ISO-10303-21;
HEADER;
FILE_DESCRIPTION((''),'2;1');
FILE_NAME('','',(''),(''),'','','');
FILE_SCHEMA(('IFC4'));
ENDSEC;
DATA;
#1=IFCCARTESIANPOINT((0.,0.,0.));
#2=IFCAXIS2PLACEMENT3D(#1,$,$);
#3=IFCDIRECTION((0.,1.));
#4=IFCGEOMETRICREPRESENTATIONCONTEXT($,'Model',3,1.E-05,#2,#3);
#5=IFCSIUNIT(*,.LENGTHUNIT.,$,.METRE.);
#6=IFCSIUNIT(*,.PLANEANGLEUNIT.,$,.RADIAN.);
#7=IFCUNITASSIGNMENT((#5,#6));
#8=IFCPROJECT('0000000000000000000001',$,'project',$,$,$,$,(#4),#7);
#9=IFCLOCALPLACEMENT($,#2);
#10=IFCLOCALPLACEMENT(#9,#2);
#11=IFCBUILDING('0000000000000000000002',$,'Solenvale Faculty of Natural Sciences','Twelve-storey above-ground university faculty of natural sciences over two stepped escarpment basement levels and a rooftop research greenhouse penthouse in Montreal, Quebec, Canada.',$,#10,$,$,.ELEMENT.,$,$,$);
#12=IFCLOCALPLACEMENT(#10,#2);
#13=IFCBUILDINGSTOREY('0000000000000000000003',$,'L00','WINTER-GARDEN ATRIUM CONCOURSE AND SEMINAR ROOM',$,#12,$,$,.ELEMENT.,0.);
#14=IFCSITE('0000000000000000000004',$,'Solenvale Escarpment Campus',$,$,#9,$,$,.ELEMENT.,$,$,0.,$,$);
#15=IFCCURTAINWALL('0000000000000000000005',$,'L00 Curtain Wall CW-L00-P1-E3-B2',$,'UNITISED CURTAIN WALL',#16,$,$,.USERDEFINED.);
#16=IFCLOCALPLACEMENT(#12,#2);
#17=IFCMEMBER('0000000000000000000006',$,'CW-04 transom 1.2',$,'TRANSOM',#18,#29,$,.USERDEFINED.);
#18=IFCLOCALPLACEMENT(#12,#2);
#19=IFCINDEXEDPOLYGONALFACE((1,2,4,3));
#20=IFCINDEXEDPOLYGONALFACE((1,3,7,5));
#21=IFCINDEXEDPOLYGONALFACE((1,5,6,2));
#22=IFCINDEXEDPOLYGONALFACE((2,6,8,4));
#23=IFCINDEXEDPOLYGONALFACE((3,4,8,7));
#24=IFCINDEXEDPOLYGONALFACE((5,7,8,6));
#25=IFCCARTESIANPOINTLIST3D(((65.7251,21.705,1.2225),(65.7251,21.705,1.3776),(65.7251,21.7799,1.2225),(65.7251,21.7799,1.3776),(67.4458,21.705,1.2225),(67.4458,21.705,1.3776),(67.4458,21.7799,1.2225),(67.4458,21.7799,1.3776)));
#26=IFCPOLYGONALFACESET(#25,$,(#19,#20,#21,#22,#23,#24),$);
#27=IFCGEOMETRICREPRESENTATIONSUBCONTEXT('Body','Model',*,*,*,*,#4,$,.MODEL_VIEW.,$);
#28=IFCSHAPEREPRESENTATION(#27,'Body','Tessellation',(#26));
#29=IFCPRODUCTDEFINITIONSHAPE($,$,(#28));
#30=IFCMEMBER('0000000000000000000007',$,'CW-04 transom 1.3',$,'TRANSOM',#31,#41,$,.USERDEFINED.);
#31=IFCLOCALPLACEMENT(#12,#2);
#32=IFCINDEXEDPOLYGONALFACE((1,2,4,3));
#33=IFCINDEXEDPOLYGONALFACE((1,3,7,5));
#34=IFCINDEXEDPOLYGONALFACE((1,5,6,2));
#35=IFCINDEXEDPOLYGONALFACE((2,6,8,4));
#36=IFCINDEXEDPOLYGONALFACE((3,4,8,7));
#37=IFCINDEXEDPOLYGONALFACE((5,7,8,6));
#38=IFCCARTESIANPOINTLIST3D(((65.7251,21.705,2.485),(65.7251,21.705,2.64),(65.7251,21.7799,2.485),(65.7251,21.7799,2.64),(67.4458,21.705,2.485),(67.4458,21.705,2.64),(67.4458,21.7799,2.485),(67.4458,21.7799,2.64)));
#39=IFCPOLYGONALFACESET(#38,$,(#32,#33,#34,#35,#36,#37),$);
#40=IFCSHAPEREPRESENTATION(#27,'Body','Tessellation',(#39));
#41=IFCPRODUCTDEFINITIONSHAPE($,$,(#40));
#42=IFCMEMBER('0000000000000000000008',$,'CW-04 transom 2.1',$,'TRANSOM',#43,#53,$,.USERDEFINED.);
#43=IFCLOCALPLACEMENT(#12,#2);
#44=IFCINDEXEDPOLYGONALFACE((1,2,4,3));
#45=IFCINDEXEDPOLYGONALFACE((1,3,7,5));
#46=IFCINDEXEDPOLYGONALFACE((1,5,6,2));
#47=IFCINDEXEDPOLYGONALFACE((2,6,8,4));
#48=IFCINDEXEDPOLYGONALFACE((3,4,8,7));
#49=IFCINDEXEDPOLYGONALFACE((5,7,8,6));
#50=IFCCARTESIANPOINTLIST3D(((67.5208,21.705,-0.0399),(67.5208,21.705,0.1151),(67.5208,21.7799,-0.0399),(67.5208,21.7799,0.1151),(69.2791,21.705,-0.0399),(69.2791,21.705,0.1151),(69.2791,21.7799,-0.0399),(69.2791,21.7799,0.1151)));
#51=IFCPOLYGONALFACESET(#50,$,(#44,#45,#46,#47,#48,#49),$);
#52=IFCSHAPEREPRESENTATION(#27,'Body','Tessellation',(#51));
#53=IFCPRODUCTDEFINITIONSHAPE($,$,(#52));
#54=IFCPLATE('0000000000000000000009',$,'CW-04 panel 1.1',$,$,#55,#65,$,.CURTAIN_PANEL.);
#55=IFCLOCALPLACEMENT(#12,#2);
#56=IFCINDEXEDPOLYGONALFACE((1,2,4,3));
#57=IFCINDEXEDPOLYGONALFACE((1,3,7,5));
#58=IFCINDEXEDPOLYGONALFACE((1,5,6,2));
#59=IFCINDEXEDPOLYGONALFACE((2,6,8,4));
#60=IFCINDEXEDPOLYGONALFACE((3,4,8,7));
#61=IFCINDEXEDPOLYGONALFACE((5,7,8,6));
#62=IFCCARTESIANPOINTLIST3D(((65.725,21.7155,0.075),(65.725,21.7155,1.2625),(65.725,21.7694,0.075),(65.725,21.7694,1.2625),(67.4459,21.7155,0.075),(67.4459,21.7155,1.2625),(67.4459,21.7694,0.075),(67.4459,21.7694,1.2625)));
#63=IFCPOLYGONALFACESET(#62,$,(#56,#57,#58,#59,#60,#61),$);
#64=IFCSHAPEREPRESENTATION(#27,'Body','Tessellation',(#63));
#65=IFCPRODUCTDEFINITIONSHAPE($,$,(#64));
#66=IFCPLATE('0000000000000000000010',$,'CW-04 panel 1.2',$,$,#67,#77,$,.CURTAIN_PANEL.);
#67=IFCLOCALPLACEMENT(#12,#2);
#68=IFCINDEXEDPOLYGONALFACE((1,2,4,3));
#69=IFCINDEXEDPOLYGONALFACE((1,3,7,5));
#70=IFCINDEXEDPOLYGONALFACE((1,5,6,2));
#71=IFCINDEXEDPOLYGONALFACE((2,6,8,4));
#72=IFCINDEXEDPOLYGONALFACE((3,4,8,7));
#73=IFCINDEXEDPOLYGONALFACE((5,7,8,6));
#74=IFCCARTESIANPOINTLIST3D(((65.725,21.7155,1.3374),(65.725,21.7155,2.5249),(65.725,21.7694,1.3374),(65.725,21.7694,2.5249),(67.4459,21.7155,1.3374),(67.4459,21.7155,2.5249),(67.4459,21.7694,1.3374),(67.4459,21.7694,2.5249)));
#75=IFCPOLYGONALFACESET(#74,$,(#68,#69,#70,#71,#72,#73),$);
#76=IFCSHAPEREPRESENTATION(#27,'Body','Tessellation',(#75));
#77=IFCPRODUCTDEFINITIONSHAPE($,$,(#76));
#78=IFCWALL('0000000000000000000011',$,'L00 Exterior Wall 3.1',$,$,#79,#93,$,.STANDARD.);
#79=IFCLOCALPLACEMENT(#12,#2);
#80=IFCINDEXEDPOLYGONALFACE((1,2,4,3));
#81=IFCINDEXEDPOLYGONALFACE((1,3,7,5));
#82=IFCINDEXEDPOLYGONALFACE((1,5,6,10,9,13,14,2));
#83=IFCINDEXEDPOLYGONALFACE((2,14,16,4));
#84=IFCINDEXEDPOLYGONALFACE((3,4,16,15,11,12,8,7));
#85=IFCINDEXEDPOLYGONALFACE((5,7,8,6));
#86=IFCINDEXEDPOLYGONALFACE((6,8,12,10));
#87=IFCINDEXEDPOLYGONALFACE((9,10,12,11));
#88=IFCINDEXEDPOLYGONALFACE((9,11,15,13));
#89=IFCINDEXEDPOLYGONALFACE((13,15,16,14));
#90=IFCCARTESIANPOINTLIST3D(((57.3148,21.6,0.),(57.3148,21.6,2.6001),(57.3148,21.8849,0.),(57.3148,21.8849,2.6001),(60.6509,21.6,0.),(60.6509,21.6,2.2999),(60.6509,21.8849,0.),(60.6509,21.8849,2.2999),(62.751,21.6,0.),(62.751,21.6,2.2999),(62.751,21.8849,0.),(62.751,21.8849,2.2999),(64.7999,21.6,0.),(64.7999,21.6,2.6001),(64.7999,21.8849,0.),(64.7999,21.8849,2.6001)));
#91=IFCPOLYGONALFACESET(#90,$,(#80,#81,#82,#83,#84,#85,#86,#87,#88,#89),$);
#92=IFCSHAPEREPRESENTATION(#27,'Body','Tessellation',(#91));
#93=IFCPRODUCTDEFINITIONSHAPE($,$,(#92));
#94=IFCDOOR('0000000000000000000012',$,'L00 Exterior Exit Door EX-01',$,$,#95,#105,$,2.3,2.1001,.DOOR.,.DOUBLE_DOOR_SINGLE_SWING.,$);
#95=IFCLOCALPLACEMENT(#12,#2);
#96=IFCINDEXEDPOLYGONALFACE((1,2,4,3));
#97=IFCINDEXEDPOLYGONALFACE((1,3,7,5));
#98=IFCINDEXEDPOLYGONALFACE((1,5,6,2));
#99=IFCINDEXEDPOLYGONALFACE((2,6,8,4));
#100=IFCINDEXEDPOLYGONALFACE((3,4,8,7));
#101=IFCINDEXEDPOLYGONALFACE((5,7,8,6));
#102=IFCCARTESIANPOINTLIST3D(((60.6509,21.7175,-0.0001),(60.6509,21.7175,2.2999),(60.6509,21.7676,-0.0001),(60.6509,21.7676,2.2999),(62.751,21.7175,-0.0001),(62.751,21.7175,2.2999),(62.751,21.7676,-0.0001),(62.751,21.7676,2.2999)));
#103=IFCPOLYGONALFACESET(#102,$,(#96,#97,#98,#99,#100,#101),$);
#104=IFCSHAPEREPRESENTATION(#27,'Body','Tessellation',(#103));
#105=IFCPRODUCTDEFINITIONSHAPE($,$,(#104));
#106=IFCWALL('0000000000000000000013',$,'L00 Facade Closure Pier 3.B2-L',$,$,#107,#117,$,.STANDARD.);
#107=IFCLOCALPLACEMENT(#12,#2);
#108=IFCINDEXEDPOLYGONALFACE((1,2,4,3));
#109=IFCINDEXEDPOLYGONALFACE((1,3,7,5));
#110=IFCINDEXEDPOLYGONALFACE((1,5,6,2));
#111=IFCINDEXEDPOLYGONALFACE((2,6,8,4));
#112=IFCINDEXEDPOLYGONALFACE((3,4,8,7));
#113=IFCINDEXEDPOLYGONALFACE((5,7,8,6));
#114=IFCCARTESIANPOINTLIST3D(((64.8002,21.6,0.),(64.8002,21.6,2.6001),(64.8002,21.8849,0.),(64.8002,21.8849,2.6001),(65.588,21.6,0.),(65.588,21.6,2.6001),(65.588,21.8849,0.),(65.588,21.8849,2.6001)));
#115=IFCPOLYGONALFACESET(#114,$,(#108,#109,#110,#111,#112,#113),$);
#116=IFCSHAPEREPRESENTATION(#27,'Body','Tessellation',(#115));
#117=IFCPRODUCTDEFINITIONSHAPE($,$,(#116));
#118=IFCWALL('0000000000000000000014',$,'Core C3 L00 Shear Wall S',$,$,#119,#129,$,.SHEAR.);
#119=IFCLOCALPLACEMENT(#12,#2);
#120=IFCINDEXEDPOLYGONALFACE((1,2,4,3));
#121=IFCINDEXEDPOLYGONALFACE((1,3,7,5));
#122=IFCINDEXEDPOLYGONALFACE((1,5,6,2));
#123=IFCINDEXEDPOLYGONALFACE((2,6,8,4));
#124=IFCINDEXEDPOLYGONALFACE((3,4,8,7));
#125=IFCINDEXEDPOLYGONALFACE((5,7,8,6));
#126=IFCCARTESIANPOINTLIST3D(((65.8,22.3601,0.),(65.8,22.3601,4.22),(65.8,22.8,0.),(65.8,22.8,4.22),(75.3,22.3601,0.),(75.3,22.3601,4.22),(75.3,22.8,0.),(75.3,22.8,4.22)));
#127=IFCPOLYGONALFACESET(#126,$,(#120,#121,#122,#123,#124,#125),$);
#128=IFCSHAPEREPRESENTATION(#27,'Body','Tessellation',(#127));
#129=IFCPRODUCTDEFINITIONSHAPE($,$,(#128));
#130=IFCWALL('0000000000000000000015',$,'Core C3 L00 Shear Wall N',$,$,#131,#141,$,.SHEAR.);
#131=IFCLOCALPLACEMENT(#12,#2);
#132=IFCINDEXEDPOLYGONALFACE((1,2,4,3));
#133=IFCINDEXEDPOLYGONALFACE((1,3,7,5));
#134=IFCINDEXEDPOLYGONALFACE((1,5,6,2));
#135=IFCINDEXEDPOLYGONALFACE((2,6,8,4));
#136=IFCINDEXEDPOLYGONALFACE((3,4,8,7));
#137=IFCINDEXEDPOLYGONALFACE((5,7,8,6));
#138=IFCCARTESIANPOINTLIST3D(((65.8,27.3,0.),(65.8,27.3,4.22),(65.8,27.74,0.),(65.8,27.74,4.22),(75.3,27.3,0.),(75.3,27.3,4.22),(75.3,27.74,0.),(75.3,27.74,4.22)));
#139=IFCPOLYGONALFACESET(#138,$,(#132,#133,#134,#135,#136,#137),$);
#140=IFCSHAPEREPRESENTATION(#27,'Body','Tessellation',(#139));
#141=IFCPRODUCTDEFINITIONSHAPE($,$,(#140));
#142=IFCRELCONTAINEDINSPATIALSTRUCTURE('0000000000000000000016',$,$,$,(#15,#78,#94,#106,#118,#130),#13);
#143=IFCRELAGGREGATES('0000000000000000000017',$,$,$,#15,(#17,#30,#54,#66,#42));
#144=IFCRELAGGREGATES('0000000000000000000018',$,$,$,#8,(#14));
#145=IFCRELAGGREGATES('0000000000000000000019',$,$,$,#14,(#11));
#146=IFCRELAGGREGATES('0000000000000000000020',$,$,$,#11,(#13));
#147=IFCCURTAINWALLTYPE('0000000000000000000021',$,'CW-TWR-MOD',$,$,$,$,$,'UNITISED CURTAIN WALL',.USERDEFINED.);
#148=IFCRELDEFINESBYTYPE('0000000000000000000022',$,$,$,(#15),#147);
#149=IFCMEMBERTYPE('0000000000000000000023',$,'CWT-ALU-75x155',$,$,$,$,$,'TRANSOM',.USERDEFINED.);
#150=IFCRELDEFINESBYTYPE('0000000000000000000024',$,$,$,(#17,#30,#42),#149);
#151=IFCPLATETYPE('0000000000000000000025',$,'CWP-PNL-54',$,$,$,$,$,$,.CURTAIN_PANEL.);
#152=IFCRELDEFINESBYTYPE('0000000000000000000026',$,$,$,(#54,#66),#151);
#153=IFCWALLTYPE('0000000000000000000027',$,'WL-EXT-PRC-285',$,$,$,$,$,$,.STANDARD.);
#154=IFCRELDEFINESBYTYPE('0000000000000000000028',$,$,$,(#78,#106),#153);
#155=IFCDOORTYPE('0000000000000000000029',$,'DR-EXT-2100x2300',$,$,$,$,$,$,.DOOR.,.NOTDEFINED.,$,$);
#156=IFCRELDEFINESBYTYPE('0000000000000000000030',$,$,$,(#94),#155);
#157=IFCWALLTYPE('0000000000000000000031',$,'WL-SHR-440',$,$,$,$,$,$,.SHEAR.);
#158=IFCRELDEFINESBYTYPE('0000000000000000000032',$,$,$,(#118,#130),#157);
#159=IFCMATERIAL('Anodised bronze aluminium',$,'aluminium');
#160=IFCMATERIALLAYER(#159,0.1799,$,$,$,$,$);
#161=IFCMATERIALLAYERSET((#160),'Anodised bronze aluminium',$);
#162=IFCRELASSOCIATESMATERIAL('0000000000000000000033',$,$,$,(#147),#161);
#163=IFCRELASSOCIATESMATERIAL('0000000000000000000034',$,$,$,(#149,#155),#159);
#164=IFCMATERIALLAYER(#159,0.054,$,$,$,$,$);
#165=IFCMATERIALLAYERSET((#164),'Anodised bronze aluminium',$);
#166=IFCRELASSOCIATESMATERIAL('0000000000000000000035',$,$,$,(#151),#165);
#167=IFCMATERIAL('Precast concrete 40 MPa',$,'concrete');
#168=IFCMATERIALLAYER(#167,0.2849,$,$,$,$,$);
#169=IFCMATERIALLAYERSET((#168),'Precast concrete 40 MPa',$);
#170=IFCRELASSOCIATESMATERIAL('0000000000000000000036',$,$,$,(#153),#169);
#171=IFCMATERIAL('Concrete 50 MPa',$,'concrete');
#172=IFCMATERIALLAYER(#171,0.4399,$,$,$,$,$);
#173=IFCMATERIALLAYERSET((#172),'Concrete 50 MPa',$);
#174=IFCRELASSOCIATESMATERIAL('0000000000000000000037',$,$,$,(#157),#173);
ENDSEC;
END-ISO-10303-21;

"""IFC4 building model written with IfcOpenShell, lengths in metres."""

from ifc_helpers import new_model, si_unit, direction, frame, frame_2d, origin, origin_2d, place, context, subcontext, project, spatial, rectangle, extrude, material, layer, layer_set, material_profile, profile_set, type_object, element, fill, aggregate, save


model = new_model("IFC4")

# Units and contexts
model_context = context("Model", 3, precision=1e-05, world=origin(), true_north=direction((0.0, 1.0)))
body_context = subcontext(model_context, "Body", "Model", "MODEL_VIEW")
ifc_project = project(units=[si_unit("LENGTHUNIT", "METRE"), si_unit("PLANEANGLEUNIT", "RADIAN")], contexts=[model_context])

# Site, building, storey
site_placement = place(None, origin())
site = spatial("IfcSite", under=ifc_project, at=site_placement, Name="Solenvale Escarpment Campus", CompositionType="ELEMENT", RefElevation=0.0)
building_placement = place(site_placement, origin())
building = spatial("IfcBuilding", under=site, at=building_placement, Name="Solenvale Faculty of Natural Sciences", Description="Twelve-storey above-ground university faculty of natural sciences over two stepped escarpment basement levels and a rooftop research greenhouse penthouse in Montreal, Quebec, Canada.", CompositionType="ELEMENT")
storey_placement = place(building_placement, origin())
storey = spatial("IfcBuildingStorey", under=building, at=storey_placement, Name="L00", Description="WINTER-GARDEN ATRIUM CONCOURSE AND SEMINAR ROOM", CompositionType="ELEMENT", Elevation=0.0)

# Shared definitions
ifc_material_1 = material(Name="Concrete 50 MPa", Category="concrete")

# Curtain wall, members, plates
ifc_material_2 = material(Name="Anodised bronze aluminium", Category="aluminium")
ifc_layer_1 = layer(ifc_material_2, 0.1799)
ifc_layer_set_1 = layer_set([ifc_layer_1], Name="Anodised bronze aluminium")
curtain_wall_type = type_object("IfcCurtainWallType", Name="CW-TWR-MOD", ElementType="UNITISED CURTAIN WALL", PredefinedType="USERDEFINED", material=ifc_layer_set_1)
curtain_wall_placement = place(storey_placement, origin())
curtain_wall = element("IfcCurtainWall", 1, at=curtain_wall_placement, inside=storey, type_object=curtain_wall_type, Name="L00 Curtain Wall CW-L00-P1-E3-B2", ObjectType="UNITISED CURTAIN WALL", PredefinedType="USERDEFINED")
ifc_material_profile_1 = material_profile(ifc_material_2, rectangle(XDim=0.075, YDim=0.155, at=origin_2d()), Name="ALU-TRN-75x155")
ifc_profile_set_1 = profile_set([ifc_material_profile_1], Name="Anodised bronze aluminium")
member_type_1 = type_object("IfcMemberType", Name="CWT-ALU-75x155", ElementType="TRANSOM", PredefinedType="USERDEFINED", material=ifc_profile_set_1)
member_1_placement = place(storey_placement, frame((65.7251, 21.7424, 1.3), z_axis=(1.0, 0.0, 0.0), x_axis=(0.0, 1.0, 0.0)))
member_1 = element("IfcMember", 2, at=member_1_placement, type_object=member_type_1, Name="CW-04 transom 1.2", ObjectType="TRANSOM", PredefinedType="USERDEFINED", context=body_context, shape_type="SweptSolid", body=[
    extrude(rectangle(XDim=0.075, YDim=0.155, at=origin_2d()), origin(), (0.0, 0.0, 1.0), 1.7207),
])
member_2_placement = place(storey_placement, frame((65.7251, 21.7424, 2.5625), z_axis=(1.0, 0.0, 0.0), x_axis=(0.0, 1.0, 0.0)))
member_2 = element("IfcMember", 3, at=member_2_placement, type_object=member_type_1, Name="CW-04 transom 1.3", ObjectType="TRANSOM", PredefinedType="USERDEFINED", context=body_context, shape_type="SweptSolid", body=[
    extrude(rectangle(XDim=0.075, YDim=0.155, at=origin_2d()), origin(), (0.0, 0.0, 1.0), 1.7207),
])
member_3_placement = place(storey_placement, frame((67.5208, 21.7424, 0.0376), z_axis=(1.0, 0.0, 0.0), x_axis=(0.0, 1.0, 0.0)))
member_3 = element("IfcMember", 4, at=member_3_placement, type_object=member_type_1, Name="CW-04 transom 2.1", ObjectType="TRANSOM", PredefinedType="USERDEFINED", context=body_context, shape_type="SweptSolid", body=[
    extrude(rectangle(XDim=0.075, YDim=0.155, at=origin_2d()), origin(), (0.0, 0.0, 1.0), 1.7583),
])
ifc_layer_2 = layer(ifc_material_2, 0.054)
ifc_layer_set_2 = layer_set([ifc_layer_2], Name="Anodised bronze aluminium")
plate_type = type_object("IfcPlateType", Name="CWP-PNL-54", PredefinedType="CURTAIN_PANEL", material=ifc_layer_set_2)
plate_1_placement = place(storey_placement, frame((66.5854, 21.7424, 0.075), z_axis=(0.0, 0.0, 1.0), x_axis=(1.0, 0.0, 0.0)))
plate_1 = element("IfcPlate", 5, at=plate_1_placement, type_object=plate_type, Name="CW-04 panel 1.1", PredefinedType="CURTAIN_PANEL", context=body_context, shape_type="SweptSolid", body=[
    extrude(rectangle(XDim=1.7209, YDim=0.054, at=origin_2d()), origin(), (0.0, 0.0, 1.0), 1.1875),
])
plate_2_placement = place(storey_placement, frame((66.5854, 21.7424, 1.3374), z_axis=(0.0, 0.0, 1.0), x_axis=(1.0, 0.0, 0.0)))
plate_2 = element("IfcPlate", 6, at=plate_2_placement, type_object=plate_type, Name="CW-04 panel 1.2", PredefinedType="CURTAIN_PANEL", context=body_context, shape_type="SweptSolid", body=[
    extrude(rectangle(XDim=1.7209, YDim=0.054, at=origin_2d()), origin(), (0.0, 0.0, 1.0), 1.1875),
])
aggregate(curtain_wall, [member_1, member_2, plate_1, plate_2, member_3])

# Wall, opening, door
ifc_material_3 = material(Name="Precast concrete 40 MPa", Category="concrete")
ifc_layer_3 = layer(ifc_material_3, 0.2849)
ifc_layer_set_3 = layer_set([ifc_layer_3], Name="Precast concrete 40 MPa")
wall_type_1 = type_object("IfcWallType", Name="WL-EXT-PRC-285", PredefinedType="STANDARD", material=ifc_layer_set_3)
wall_1_placement = place(storey_placement, frame((64.8, 21.7424, 0.0), z_axis=(0.0, 0.0, 1.0), x_axis=(-1.0, 0.0, 0.0)))
wall_1 = element("IfcWall", 7, at=wall_1_placement, inside=storey, type_object=wall_type_1, Name="L00 Exterior Wall 3.1", PredefinedType="STANDARD", context=body_context, shape_type="SweptSolid", body=[
    extrude(rectangle(XDim=7.4851, YDim=0.2849, at=frame_2d((3.7427, 0.0))), origin(), (0.0, 0.0, 1.0), 2.6001),
])
opening_1_placement = place(wall_1_placement, frame((2.0491, 0.0, 0.0)))
opening_1 = element("IfcOpeningElement", 8, at=opening_1_placement, cuts=wall_1, PredefinedType="OPENING", context=body_context, shape_type="SweptSolid", body=[
    extrude(rectangle(XDim=2.1001, YDim=2.3, at=frame_2d((1.05, 1.1499))), frame((0.0, 0.1523, 0.0), z_axis=(0.0, -1.0, 0.0), x_axis=(1.0, 0.0, 0.0)), (0.0, 0.0, 1.0), 0.3049),
])
door_type_1 = type_object("IfcDoorType", Name="DR-EXT-2100x2300", OperationType="NOTDEFINED", PredefinedType="DOOR", material=ifc_material_2)
door_1_placement = place(opening_1_placement, origin())
door_1 = element("IfcDoor", 9, at=door_1_placement, inside=storey, type_object=door_type_1, Name="L00 Exterior Exit Door EX-01", OperationType="DOUBLE_DOOR_SINGLE_SWING", OverallHeight=2.3, OverallWidth=2.1001, PredefinedType="DOOR", context=body_context, shape_type="SweptSolid", body=[
    extrude(rectangle(XDim=2.1001, YDim=2.3, at=frame_2d((1.05, 1.1499))), frame((0.0, 0.0249, 0.0), z_axis=(0.0, -1.0, 0.0), x_axis=(1.0, 0.0, 0.0)), (0.0, 0.0, 1.0), 0.05),
])
fill(opening_1, door_1)

# Wall
wall_2_placement = place(storey_placement, frame((64.8, 21.7424, 0.0), z_axis=(0.0, 0.0, 1.0), x_axis=(1.0, 0.0, 0.0)))
element("IfcWall", 10, at=wall_2_placement, inside=storey, type_object=wall_type_1, Name="L00 Facade Closure Pier 3.B2-L", PredefinedType="STANDARD", context=body_context, shape_type="SweptSolid", body=[
    extrude(rectangle(XDim=0.7878, YDim=0.2849, at=frame_2d((0.394, 0.0))), origin(), (0.0, 0.0, 1.0), 2.6001),
])

# Walls
ifc_layer_4 = layer(ifc_material_1, 0.4399)
ifc_layer_set_4 = layer_set([ifc_layer_4], Name="Concrete 50 MPa")
wall_type_2 = type_object("IfcWallType", Name="WL-SHR-440", PredefinedType="SHEAR", material=ifc_layer_set_4)
for number, where, z_axis, x_axis, name in (
    (11, (65.8, 22.5801, 0.0), (0.0, 0.0, 1.0), (1.0, 0.0, 0.0), "Core C3 L00 Shear Wall S"),
    (12, (65.8, 27.52, 0.0), (0.0, 0.0, 1.0), (1.0, 0.0, 0.0), "Core C3 L00 Shear Wall N"),
):
    element("IfcWall", number, at=place(storey_placement, frame(where, z_axis=z_axis, x_axis=x_axis)), inside=storey, type_object=wall_type_2, Name=name, PredefinedType="SHEAR", context=body_context, shape_type="SweptSolid", body=[
        extrude(rectangle(XDim=9.5, YDim=0.4399, at=frame_2d((4.75, 0.0))), origin(), (0.0, 0.0, 1.0), 4.22),
    ])

save(model, "model.ifc")
